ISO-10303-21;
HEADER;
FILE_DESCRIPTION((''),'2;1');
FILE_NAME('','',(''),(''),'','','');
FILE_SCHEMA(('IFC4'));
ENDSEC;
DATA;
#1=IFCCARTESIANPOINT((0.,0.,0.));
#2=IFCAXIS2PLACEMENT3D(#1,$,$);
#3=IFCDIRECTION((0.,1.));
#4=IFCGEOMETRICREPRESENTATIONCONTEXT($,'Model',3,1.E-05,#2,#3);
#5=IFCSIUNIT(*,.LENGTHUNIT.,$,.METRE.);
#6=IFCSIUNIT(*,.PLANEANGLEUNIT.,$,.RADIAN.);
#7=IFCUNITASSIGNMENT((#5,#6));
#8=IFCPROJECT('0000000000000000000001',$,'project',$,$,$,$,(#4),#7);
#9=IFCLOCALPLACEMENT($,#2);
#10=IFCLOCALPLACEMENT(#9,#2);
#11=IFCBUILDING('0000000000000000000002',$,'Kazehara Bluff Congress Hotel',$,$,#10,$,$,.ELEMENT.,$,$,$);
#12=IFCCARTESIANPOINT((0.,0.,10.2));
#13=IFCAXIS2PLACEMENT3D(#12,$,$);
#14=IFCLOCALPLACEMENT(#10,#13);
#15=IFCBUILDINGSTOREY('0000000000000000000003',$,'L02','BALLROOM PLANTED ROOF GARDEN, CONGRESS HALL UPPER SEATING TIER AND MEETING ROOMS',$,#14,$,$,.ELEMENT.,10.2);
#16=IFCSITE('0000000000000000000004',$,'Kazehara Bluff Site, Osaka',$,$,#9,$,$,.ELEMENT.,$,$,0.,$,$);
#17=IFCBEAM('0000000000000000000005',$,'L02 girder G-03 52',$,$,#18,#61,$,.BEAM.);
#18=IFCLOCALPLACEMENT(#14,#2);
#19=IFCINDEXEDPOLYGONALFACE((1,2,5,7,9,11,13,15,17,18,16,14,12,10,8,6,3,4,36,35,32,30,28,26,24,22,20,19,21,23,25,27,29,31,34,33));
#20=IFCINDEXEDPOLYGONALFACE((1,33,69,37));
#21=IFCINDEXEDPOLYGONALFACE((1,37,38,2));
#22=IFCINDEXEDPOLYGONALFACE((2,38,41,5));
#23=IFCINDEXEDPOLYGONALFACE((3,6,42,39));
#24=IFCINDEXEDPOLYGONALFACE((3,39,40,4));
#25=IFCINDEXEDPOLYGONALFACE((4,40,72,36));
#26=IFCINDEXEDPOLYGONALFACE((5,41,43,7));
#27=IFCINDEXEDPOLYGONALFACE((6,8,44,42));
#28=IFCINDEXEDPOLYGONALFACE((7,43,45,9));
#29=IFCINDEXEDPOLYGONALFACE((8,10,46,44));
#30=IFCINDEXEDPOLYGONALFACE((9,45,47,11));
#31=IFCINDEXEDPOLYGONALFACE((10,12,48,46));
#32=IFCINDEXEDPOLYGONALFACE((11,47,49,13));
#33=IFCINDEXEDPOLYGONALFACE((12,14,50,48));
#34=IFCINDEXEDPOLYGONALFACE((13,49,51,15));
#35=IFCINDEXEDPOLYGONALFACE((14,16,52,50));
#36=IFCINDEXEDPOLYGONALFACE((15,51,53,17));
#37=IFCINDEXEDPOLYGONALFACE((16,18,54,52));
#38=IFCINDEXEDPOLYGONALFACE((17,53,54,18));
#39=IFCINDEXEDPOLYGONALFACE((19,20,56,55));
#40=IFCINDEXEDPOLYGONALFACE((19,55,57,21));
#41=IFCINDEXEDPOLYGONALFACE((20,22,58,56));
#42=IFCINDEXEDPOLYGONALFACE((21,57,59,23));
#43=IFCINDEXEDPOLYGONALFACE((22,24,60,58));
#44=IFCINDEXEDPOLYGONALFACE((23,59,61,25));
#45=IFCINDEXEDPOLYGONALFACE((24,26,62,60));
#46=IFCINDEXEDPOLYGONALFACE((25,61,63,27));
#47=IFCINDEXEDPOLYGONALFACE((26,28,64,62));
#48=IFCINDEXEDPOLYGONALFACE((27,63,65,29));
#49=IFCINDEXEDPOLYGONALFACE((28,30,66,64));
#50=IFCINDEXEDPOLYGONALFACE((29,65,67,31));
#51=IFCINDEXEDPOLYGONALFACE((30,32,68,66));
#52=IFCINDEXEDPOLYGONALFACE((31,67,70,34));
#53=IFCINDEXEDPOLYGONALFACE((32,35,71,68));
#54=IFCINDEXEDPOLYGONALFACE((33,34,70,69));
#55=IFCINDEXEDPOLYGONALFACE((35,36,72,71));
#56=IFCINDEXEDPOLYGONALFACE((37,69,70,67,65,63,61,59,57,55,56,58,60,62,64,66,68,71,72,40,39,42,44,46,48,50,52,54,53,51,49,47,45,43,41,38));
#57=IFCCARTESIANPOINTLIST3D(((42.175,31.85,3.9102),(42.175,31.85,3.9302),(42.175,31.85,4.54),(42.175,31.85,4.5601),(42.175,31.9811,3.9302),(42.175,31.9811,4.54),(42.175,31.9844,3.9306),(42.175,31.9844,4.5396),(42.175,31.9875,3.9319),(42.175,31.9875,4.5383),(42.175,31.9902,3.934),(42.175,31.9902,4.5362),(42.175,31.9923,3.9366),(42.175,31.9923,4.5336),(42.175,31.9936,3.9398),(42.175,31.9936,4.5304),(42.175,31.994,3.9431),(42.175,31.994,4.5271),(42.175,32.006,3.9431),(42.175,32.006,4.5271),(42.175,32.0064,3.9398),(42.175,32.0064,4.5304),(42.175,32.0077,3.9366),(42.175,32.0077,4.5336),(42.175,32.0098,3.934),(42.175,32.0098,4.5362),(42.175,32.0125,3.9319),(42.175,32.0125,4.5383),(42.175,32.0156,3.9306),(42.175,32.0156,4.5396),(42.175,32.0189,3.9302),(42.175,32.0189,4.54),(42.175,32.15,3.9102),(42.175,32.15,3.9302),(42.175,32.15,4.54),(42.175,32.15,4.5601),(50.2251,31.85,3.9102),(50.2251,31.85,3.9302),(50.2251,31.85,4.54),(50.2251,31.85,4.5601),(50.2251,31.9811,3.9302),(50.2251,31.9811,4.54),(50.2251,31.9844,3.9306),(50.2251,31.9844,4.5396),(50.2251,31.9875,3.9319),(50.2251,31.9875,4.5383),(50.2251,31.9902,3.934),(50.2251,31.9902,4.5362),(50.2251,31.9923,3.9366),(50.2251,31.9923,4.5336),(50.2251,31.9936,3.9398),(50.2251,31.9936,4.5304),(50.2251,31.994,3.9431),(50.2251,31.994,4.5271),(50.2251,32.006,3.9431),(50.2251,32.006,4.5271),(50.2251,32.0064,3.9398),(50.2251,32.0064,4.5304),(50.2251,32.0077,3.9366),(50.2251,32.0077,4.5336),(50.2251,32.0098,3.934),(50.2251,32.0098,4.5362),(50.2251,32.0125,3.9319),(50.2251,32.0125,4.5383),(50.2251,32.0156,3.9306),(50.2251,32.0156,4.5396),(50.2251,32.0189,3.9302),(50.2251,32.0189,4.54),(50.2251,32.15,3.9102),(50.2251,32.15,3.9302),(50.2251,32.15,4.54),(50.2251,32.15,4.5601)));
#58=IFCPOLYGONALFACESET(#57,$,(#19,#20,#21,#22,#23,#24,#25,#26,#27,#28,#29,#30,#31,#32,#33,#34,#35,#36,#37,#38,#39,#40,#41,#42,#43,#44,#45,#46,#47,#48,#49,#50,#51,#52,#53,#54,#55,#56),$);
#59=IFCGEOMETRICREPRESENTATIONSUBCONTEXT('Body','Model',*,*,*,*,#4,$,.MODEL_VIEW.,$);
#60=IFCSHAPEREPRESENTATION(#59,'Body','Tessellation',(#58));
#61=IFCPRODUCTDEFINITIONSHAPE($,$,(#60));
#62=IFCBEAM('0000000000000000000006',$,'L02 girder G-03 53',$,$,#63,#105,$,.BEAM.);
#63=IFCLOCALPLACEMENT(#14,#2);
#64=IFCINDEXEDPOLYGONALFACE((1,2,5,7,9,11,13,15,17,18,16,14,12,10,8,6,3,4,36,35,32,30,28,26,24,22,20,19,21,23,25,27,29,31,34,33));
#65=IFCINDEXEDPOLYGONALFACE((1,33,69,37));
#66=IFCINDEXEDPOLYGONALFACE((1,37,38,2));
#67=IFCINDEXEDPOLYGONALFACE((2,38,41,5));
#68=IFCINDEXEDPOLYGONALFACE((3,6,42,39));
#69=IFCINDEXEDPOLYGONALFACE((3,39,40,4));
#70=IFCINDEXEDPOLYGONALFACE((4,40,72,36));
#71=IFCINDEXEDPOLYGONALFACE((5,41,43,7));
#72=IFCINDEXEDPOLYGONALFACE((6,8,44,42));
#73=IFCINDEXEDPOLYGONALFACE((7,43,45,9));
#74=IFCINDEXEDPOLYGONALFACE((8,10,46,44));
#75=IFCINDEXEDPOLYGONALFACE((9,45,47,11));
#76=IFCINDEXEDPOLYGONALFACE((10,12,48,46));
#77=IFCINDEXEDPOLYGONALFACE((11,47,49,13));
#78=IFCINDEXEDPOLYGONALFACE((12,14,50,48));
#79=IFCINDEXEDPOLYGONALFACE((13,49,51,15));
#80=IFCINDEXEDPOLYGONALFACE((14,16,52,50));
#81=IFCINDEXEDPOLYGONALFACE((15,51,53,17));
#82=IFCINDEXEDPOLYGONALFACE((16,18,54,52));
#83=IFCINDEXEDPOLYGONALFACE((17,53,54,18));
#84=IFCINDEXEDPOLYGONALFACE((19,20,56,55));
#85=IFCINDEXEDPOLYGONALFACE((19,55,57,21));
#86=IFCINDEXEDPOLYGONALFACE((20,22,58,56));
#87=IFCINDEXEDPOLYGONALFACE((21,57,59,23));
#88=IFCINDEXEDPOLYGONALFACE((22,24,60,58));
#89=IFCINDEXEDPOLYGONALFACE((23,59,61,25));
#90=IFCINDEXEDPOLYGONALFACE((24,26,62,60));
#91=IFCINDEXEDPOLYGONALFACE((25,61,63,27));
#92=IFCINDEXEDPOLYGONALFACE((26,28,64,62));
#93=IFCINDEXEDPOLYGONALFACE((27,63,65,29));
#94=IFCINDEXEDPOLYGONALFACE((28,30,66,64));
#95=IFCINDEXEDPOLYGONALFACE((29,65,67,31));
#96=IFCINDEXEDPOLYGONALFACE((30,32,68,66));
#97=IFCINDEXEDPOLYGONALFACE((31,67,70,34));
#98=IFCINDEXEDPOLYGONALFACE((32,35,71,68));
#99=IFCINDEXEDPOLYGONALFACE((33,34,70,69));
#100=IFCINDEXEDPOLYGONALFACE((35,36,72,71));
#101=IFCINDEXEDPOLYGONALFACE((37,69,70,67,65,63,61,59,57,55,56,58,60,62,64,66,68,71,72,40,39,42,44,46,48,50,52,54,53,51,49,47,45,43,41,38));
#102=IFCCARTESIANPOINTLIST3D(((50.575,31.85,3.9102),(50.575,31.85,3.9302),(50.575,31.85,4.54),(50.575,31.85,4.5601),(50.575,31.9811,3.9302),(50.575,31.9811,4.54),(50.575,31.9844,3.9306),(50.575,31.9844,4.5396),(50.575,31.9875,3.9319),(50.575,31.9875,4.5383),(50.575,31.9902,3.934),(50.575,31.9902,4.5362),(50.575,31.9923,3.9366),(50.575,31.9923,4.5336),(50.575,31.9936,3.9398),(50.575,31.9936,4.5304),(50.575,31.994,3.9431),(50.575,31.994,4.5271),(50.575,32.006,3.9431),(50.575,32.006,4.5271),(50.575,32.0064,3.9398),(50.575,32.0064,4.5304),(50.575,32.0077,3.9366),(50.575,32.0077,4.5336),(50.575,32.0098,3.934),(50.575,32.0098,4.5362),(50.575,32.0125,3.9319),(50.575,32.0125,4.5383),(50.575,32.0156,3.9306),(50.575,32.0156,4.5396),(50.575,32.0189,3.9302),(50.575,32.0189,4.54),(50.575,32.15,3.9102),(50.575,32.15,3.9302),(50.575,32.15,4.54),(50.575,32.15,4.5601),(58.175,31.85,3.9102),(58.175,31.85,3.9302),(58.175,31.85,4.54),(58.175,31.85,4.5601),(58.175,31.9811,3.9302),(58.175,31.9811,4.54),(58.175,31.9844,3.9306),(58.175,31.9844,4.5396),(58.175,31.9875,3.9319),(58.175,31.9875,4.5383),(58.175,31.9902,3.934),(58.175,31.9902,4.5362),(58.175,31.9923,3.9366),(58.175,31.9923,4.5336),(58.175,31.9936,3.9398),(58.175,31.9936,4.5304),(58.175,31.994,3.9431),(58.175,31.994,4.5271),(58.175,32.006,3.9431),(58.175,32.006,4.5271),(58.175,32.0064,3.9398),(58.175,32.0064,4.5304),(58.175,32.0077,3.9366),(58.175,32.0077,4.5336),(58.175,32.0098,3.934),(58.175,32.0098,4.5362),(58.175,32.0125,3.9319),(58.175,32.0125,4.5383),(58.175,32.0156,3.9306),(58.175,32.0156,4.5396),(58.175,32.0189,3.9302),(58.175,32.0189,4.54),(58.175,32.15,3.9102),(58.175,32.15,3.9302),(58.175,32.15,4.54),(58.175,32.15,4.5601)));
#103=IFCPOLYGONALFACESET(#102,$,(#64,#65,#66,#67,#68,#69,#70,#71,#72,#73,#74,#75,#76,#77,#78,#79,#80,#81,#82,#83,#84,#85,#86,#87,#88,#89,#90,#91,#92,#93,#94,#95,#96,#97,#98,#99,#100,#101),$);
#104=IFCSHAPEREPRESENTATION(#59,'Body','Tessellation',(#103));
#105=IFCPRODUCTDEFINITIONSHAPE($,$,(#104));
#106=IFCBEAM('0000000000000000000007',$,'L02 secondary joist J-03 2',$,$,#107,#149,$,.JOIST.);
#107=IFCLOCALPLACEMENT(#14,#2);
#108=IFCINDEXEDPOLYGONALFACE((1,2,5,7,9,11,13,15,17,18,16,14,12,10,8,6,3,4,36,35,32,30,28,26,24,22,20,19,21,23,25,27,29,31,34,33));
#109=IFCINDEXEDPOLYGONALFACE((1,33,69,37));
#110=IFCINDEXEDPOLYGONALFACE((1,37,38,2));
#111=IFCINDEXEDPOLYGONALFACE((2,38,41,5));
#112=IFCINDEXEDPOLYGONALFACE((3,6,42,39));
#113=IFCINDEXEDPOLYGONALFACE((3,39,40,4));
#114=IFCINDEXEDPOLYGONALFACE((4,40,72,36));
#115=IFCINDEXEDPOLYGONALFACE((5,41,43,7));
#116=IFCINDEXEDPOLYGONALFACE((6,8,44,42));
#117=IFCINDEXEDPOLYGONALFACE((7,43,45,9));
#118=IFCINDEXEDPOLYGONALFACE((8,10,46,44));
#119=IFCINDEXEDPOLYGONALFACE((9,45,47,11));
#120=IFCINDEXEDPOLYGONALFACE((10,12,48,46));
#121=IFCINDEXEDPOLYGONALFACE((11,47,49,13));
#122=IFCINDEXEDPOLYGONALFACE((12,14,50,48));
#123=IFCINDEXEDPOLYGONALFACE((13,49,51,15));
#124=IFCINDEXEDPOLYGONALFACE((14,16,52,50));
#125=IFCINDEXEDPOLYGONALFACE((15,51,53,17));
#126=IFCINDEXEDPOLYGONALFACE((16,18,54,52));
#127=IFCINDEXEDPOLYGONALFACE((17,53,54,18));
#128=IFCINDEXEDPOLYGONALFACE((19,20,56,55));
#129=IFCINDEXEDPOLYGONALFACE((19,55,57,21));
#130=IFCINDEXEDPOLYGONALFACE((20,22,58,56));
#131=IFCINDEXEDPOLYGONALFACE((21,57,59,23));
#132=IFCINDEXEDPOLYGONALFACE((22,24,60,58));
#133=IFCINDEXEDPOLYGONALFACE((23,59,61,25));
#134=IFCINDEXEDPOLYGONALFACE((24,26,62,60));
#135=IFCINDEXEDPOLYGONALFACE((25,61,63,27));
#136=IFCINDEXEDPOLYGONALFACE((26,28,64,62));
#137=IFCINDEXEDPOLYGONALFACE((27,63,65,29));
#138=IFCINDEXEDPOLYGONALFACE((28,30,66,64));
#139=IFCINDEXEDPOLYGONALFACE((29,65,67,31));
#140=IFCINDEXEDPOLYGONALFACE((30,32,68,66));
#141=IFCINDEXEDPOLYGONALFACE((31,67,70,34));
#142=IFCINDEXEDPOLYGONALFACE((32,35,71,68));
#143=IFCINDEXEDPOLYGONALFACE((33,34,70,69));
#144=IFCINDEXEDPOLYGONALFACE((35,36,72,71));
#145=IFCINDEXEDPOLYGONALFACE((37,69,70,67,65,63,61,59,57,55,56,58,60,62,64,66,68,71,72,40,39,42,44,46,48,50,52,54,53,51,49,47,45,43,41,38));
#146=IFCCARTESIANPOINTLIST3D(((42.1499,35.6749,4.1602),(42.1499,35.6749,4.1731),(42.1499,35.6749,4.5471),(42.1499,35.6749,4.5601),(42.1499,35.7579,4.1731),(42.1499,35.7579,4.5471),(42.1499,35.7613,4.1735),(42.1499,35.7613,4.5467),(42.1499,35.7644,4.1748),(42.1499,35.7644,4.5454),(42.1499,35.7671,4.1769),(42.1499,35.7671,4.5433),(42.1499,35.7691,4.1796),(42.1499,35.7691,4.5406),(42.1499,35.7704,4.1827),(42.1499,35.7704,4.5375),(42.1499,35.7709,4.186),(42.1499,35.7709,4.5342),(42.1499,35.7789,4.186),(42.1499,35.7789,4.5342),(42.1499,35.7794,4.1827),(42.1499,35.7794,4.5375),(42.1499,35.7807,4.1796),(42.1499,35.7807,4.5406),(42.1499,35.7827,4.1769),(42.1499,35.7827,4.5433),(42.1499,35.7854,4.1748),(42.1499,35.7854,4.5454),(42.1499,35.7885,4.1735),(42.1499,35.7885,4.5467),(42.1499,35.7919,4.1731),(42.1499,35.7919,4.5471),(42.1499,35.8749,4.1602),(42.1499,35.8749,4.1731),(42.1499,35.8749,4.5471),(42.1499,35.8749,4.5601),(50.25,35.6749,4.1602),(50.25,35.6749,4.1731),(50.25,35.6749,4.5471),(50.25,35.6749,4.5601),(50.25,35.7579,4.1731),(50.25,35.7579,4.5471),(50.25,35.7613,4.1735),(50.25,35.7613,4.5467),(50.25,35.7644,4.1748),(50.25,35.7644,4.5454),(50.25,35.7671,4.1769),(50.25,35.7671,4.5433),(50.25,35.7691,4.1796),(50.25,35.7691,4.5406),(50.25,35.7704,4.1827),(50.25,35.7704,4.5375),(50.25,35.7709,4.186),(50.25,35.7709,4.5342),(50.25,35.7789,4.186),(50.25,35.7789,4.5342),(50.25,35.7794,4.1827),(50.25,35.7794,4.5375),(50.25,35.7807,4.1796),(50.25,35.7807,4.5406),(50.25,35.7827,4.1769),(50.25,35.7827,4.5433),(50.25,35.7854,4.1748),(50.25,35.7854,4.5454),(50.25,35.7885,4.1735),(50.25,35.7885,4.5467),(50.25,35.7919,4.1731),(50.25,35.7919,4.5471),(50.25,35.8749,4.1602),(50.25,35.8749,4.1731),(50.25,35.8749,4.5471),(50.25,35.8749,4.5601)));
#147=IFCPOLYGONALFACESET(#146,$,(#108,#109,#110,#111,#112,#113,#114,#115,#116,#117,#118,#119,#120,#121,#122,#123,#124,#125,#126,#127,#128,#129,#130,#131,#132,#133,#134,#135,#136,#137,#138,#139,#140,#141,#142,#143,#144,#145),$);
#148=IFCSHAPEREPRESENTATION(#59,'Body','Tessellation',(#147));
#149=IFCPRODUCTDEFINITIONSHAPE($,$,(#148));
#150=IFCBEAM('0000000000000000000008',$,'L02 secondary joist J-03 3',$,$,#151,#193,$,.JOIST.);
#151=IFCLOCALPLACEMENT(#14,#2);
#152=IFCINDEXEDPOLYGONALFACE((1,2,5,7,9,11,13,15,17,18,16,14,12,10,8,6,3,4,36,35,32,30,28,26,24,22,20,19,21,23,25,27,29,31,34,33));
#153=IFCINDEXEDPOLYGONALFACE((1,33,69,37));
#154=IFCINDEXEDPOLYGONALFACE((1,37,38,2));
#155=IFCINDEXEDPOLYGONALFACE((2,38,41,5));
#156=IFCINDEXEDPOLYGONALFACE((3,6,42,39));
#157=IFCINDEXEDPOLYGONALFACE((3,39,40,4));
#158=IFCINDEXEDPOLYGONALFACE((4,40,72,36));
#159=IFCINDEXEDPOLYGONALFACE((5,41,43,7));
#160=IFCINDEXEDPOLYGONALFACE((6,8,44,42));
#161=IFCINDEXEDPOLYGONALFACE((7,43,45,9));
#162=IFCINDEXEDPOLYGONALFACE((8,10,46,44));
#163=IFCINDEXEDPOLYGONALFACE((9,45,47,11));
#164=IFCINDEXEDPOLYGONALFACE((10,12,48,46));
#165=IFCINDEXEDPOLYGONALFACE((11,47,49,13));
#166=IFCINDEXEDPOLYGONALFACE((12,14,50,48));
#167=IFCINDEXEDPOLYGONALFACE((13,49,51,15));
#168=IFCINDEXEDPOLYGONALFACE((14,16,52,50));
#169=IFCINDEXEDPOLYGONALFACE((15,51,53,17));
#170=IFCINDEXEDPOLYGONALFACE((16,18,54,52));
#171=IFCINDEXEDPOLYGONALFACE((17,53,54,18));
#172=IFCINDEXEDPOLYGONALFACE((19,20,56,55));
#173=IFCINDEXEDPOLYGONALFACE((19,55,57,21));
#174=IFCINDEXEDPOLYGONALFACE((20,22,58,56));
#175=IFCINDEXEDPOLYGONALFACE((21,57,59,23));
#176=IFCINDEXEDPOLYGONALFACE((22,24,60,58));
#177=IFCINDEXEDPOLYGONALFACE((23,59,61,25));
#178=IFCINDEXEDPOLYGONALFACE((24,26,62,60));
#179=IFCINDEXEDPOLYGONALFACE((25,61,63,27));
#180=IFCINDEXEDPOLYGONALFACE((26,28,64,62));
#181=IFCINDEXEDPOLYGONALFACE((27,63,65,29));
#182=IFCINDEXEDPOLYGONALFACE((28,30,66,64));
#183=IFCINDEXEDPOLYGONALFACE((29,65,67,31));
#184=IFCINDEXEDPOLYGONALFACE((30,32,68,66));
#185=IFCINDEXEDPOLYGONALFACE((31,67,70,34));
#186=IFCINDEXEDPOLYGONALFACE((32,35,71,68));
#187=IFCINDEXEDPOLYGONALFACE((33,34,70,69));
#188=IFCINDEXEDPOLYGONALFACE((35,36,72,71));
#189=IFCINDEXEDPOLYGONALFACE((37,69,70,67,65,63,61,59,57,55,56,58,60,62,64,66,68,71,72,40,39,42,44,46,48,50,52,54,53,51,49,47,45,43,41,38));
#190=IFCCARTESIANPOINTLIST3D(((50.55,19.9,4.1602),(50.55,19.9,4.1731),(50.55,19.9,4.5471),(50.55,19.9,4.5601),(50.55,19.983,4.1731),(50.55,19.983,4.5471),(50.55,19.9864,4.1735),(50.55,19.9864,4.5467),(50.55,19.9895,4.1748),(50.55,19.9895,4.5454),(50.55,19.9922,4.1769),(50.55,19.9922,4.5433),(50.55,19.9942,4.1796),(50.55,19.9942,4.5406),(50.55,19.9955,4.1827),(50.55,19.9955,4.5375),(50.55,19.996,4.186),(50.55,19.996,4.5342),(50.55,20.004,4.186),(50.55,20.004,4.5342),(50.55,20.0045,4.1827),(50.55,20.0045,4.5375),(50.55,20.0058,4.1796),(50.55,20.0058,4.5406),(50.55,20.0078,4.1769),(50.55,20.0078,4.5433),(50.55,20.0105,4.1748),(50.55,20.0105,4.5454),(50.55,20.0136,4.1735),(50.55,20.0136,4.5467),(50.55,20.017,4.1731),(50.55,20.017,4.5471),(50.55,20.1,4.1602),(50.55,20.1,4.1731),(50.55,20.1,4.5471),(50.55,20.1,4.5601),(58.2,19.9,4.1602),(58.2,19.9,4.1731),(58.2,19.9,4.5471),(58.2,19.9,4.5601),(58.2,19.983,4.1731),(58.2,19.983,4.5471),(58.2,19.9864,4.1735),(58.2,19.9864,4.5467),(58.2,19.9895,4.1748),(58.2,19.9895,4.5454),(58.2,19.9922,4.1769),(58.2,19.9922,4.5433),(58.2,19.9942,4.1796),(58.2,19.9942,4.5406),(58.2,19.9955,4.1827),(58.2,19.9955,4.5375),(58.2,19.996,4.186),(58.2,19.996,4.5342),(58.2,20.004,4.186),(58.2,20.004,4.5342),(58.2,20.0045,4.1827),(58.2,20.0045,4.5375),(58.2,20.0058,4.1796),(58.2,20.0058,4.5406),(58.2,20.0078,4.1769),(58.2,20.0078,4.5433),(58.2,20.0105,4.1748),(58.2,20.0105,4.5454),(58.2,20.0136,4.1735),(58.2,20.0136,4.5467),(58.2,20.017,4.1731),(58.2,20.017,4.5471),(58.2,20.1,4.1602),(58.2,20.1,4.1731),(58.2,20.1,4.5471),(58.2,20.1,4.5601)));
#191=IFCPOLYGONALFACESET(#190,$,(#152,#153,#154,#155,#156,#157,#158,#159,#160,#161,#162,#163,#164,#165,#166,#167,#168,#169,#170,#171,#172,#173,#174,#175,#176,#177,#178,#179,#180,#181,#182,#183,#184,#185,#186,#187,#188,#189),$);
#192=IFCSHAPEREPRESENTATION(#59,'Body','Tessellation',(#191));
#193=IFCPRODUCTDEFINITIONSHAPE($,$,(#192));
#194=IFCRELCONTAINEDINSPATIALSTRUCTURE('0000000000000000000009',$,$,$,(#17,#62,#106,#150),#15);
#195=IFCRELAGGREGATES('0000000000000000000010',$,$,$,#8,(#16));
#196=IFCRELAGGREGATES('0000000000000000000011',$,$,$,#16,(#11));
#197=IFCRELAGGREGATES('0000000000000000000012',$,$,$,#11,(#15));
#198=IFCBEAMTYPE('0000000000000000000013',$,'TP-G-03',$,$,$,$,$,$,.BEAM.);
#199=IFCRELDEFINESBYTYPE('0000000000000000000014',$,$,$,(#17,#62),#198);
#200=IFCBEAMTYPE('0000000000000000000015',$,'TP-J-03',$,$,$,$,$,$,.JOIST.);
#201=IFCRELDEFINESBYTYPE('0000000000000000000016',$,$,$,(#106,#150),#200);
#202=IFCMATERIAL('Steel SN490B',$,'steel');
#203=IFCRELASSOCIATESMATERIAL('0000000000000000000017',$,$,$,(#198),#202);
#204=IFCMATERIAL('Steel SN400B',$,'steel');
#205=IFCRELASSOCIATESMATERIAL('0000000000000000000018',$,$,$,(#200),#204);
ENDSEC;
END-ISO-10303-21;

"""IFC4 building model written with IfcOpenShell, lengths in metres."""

from ifc_helpers import new_model, si_unit, direction, frame, origin, origin_2d, place, context, subcontext, project, spatial, i_section, extrude, material, material_profile, profile_set, type_object, element, save


model = new_model("IFC4")

# Units and contexts
model_context = context("Model", 3, precision=1e-05, world=origin(), true_north=direction((0.0, 1.0)))
body_context = subcontext(model_context, "Body", "Model", "MODEL_VIEW")
ifc_project = project(units=[si_unit("LENGTHUNIT", "METRE"), si_unit("PLANEANGLEUNIT", "RADIAN")], contexts=[model_context])

# Site, building, storey
site_placement = place(None, origin())
site = spatial("IfcSite", under=ifc_project, at=site_placement, Name="Kazehara Bluff Site, Osaka", CompositionType="ELEMENT", RefElevation=0.0)
building_placement = place(site_placement, origin())
building = spatial("IfcBuilding", under=site, at=building_placement, Name="Kazehara Bluff Congress Hotel", CompositionType="ELEMENT")
storey_placement = place(building_placement, frame((0.0, 0.0, 10.2)))
storey = spatial("IfcBuildingStorey", under=building, at=storey_placement, Name="L02", Description="BALLROOM PLANTED ROOF GARDEN, CONGRESS HALL UPPER SEATING TIER AND MEETING ROOMS", CompositionType="ELEMENT", Elevation=10.2)

# Beams
ifc_material_1 = material(Name="Steel SN490B", Category="steel")
ifc_material_profile_1 = material_profile(ifc_material_1, i_section(OverallWidth=0.3, OverallDepth=0.6499, WebThickness=0.012, FlangeThickness=0.02, FilletRadius=0.0129, at=origin_2d()))
ifc_profile_set_1 = profile_set([ifc_material_profile_1], Name="Steel SN490B")
beam_type_1 = type_object("IfcBeamType", Name="TP-G-03", PredefinedType="BEAM", material=ifc_profile_set_1)
beam_1_placement = place(storey_placement, frame((42.175, 32.0, 4.2351), z_axis=(1.0, 0.0, 0.0), x_axis=(0.0, 1.0, 0.0)))
element("IfcBeam", 1, at=beam_1_placement, inside=storey, type_object=beam_type_1, Name="L02 girder G-03 52", PredefinedType="BEAM", context=body_context, shape_type="SweptSolid", body=[
    extrude(i_section(OverallWidth=0.3, OverallDepth=0.6499, WebThickness=0.012, FlangeThickness=0.02, FilletRadius=0.0129, at=origin_2d()), origin(), (0.0, 0.0, 1.0), 8.05),
])
beam_2_placement = place(storey_placement, frame((50.575, 32.0, 4.2351), z_axis=(1.0, 0.0, 0.0), x_axis=(0.0, 1.0, 0.0)))
element("IfcBeam", 2, at=beam_2_placement, inside=storey, type_object=beam_type_1, Name="L02 girder G-03 53", PredefinedType="BEAM", context=body_context, shape_type="SweptSolid", body=[
    extrude(i_section(OverallWidth=0.3, OverallDepth=0.6499, WebThickness=0.012, FlangeThickness=0.02, FilletRadius=0.0129, at=origin_2d()), origin(), (0.0, 0.0, 1.0), 7.6001),
])
ifc_material_2 = material(Name="Steel SN400B", Category="steel")
ifc_material_profile_2 = material_profile(ifc_material_2, i_section(OverallWidth=0.2, OverallDepth=0.3999, WebThickness=0.0081, FlangeThickness=0.0129, FilletRadius=0.0129, at=origin_2d()))
ifc_profile_set_2 = profile_set([ifc_material_profile_2], Name="Steel SN400B")
beam_type_2 = type_object("IfcBeamType", Name="TP-J-03", PredefinedType="JOIST", material=ifc_profile_set_2)
beam_3_placement = place(storey_placement, frame((42.1499, 35.7749, 4.3601), z_axis=(1.0, 0.0, 0.0), x_axis=(0.0, 1.0, 0.0)))
element("IfcBeam", 3, at=beam_3_placement, inside=storey, type_object=beam_type_2, Name="L02 secondary joist J-03 2", PredefinedType="JOIST", context=body_context, shape_type="SweptSolid", body=[
    extrude(i_section(OverallWidth=0.2, OverallDepth=0.3999, WebThickness=0.0081, FlangeThickness=0.0129, FilletRadius=0.0129, at=origin_2d()), origin(), (0.0, 0.0, 1.0), 8.1001),
])
for number, where, z_axis, x_axis, name in (
    (4, (50.55, 20.0, 4.3601), (1.0, 0.0, 0.0), (0.0, 1.0, 0.0), "L02 secondary joist J-03 3"),
):
    element("IfcBeam", number, at=place(storey_placement, frame(where, z_axis=z_axis, x_axis=x_axis)), inside=storey, type_object=beam_type_2, Name=name, PredefinedType="JOIST", context=body_context, shape_type="SweptSolid", body=[
        extrude(i_section(OverallWidth=0.2, OverallDepth=0.3999, WebThickness=0.0081, FlangeThickness=0.0129, FilletRadius=0.0129, at=origin_2d()), origin(), (0.0, 0.0, 1.0), 7.6499),
    ])

save(model, "model.ifc")
